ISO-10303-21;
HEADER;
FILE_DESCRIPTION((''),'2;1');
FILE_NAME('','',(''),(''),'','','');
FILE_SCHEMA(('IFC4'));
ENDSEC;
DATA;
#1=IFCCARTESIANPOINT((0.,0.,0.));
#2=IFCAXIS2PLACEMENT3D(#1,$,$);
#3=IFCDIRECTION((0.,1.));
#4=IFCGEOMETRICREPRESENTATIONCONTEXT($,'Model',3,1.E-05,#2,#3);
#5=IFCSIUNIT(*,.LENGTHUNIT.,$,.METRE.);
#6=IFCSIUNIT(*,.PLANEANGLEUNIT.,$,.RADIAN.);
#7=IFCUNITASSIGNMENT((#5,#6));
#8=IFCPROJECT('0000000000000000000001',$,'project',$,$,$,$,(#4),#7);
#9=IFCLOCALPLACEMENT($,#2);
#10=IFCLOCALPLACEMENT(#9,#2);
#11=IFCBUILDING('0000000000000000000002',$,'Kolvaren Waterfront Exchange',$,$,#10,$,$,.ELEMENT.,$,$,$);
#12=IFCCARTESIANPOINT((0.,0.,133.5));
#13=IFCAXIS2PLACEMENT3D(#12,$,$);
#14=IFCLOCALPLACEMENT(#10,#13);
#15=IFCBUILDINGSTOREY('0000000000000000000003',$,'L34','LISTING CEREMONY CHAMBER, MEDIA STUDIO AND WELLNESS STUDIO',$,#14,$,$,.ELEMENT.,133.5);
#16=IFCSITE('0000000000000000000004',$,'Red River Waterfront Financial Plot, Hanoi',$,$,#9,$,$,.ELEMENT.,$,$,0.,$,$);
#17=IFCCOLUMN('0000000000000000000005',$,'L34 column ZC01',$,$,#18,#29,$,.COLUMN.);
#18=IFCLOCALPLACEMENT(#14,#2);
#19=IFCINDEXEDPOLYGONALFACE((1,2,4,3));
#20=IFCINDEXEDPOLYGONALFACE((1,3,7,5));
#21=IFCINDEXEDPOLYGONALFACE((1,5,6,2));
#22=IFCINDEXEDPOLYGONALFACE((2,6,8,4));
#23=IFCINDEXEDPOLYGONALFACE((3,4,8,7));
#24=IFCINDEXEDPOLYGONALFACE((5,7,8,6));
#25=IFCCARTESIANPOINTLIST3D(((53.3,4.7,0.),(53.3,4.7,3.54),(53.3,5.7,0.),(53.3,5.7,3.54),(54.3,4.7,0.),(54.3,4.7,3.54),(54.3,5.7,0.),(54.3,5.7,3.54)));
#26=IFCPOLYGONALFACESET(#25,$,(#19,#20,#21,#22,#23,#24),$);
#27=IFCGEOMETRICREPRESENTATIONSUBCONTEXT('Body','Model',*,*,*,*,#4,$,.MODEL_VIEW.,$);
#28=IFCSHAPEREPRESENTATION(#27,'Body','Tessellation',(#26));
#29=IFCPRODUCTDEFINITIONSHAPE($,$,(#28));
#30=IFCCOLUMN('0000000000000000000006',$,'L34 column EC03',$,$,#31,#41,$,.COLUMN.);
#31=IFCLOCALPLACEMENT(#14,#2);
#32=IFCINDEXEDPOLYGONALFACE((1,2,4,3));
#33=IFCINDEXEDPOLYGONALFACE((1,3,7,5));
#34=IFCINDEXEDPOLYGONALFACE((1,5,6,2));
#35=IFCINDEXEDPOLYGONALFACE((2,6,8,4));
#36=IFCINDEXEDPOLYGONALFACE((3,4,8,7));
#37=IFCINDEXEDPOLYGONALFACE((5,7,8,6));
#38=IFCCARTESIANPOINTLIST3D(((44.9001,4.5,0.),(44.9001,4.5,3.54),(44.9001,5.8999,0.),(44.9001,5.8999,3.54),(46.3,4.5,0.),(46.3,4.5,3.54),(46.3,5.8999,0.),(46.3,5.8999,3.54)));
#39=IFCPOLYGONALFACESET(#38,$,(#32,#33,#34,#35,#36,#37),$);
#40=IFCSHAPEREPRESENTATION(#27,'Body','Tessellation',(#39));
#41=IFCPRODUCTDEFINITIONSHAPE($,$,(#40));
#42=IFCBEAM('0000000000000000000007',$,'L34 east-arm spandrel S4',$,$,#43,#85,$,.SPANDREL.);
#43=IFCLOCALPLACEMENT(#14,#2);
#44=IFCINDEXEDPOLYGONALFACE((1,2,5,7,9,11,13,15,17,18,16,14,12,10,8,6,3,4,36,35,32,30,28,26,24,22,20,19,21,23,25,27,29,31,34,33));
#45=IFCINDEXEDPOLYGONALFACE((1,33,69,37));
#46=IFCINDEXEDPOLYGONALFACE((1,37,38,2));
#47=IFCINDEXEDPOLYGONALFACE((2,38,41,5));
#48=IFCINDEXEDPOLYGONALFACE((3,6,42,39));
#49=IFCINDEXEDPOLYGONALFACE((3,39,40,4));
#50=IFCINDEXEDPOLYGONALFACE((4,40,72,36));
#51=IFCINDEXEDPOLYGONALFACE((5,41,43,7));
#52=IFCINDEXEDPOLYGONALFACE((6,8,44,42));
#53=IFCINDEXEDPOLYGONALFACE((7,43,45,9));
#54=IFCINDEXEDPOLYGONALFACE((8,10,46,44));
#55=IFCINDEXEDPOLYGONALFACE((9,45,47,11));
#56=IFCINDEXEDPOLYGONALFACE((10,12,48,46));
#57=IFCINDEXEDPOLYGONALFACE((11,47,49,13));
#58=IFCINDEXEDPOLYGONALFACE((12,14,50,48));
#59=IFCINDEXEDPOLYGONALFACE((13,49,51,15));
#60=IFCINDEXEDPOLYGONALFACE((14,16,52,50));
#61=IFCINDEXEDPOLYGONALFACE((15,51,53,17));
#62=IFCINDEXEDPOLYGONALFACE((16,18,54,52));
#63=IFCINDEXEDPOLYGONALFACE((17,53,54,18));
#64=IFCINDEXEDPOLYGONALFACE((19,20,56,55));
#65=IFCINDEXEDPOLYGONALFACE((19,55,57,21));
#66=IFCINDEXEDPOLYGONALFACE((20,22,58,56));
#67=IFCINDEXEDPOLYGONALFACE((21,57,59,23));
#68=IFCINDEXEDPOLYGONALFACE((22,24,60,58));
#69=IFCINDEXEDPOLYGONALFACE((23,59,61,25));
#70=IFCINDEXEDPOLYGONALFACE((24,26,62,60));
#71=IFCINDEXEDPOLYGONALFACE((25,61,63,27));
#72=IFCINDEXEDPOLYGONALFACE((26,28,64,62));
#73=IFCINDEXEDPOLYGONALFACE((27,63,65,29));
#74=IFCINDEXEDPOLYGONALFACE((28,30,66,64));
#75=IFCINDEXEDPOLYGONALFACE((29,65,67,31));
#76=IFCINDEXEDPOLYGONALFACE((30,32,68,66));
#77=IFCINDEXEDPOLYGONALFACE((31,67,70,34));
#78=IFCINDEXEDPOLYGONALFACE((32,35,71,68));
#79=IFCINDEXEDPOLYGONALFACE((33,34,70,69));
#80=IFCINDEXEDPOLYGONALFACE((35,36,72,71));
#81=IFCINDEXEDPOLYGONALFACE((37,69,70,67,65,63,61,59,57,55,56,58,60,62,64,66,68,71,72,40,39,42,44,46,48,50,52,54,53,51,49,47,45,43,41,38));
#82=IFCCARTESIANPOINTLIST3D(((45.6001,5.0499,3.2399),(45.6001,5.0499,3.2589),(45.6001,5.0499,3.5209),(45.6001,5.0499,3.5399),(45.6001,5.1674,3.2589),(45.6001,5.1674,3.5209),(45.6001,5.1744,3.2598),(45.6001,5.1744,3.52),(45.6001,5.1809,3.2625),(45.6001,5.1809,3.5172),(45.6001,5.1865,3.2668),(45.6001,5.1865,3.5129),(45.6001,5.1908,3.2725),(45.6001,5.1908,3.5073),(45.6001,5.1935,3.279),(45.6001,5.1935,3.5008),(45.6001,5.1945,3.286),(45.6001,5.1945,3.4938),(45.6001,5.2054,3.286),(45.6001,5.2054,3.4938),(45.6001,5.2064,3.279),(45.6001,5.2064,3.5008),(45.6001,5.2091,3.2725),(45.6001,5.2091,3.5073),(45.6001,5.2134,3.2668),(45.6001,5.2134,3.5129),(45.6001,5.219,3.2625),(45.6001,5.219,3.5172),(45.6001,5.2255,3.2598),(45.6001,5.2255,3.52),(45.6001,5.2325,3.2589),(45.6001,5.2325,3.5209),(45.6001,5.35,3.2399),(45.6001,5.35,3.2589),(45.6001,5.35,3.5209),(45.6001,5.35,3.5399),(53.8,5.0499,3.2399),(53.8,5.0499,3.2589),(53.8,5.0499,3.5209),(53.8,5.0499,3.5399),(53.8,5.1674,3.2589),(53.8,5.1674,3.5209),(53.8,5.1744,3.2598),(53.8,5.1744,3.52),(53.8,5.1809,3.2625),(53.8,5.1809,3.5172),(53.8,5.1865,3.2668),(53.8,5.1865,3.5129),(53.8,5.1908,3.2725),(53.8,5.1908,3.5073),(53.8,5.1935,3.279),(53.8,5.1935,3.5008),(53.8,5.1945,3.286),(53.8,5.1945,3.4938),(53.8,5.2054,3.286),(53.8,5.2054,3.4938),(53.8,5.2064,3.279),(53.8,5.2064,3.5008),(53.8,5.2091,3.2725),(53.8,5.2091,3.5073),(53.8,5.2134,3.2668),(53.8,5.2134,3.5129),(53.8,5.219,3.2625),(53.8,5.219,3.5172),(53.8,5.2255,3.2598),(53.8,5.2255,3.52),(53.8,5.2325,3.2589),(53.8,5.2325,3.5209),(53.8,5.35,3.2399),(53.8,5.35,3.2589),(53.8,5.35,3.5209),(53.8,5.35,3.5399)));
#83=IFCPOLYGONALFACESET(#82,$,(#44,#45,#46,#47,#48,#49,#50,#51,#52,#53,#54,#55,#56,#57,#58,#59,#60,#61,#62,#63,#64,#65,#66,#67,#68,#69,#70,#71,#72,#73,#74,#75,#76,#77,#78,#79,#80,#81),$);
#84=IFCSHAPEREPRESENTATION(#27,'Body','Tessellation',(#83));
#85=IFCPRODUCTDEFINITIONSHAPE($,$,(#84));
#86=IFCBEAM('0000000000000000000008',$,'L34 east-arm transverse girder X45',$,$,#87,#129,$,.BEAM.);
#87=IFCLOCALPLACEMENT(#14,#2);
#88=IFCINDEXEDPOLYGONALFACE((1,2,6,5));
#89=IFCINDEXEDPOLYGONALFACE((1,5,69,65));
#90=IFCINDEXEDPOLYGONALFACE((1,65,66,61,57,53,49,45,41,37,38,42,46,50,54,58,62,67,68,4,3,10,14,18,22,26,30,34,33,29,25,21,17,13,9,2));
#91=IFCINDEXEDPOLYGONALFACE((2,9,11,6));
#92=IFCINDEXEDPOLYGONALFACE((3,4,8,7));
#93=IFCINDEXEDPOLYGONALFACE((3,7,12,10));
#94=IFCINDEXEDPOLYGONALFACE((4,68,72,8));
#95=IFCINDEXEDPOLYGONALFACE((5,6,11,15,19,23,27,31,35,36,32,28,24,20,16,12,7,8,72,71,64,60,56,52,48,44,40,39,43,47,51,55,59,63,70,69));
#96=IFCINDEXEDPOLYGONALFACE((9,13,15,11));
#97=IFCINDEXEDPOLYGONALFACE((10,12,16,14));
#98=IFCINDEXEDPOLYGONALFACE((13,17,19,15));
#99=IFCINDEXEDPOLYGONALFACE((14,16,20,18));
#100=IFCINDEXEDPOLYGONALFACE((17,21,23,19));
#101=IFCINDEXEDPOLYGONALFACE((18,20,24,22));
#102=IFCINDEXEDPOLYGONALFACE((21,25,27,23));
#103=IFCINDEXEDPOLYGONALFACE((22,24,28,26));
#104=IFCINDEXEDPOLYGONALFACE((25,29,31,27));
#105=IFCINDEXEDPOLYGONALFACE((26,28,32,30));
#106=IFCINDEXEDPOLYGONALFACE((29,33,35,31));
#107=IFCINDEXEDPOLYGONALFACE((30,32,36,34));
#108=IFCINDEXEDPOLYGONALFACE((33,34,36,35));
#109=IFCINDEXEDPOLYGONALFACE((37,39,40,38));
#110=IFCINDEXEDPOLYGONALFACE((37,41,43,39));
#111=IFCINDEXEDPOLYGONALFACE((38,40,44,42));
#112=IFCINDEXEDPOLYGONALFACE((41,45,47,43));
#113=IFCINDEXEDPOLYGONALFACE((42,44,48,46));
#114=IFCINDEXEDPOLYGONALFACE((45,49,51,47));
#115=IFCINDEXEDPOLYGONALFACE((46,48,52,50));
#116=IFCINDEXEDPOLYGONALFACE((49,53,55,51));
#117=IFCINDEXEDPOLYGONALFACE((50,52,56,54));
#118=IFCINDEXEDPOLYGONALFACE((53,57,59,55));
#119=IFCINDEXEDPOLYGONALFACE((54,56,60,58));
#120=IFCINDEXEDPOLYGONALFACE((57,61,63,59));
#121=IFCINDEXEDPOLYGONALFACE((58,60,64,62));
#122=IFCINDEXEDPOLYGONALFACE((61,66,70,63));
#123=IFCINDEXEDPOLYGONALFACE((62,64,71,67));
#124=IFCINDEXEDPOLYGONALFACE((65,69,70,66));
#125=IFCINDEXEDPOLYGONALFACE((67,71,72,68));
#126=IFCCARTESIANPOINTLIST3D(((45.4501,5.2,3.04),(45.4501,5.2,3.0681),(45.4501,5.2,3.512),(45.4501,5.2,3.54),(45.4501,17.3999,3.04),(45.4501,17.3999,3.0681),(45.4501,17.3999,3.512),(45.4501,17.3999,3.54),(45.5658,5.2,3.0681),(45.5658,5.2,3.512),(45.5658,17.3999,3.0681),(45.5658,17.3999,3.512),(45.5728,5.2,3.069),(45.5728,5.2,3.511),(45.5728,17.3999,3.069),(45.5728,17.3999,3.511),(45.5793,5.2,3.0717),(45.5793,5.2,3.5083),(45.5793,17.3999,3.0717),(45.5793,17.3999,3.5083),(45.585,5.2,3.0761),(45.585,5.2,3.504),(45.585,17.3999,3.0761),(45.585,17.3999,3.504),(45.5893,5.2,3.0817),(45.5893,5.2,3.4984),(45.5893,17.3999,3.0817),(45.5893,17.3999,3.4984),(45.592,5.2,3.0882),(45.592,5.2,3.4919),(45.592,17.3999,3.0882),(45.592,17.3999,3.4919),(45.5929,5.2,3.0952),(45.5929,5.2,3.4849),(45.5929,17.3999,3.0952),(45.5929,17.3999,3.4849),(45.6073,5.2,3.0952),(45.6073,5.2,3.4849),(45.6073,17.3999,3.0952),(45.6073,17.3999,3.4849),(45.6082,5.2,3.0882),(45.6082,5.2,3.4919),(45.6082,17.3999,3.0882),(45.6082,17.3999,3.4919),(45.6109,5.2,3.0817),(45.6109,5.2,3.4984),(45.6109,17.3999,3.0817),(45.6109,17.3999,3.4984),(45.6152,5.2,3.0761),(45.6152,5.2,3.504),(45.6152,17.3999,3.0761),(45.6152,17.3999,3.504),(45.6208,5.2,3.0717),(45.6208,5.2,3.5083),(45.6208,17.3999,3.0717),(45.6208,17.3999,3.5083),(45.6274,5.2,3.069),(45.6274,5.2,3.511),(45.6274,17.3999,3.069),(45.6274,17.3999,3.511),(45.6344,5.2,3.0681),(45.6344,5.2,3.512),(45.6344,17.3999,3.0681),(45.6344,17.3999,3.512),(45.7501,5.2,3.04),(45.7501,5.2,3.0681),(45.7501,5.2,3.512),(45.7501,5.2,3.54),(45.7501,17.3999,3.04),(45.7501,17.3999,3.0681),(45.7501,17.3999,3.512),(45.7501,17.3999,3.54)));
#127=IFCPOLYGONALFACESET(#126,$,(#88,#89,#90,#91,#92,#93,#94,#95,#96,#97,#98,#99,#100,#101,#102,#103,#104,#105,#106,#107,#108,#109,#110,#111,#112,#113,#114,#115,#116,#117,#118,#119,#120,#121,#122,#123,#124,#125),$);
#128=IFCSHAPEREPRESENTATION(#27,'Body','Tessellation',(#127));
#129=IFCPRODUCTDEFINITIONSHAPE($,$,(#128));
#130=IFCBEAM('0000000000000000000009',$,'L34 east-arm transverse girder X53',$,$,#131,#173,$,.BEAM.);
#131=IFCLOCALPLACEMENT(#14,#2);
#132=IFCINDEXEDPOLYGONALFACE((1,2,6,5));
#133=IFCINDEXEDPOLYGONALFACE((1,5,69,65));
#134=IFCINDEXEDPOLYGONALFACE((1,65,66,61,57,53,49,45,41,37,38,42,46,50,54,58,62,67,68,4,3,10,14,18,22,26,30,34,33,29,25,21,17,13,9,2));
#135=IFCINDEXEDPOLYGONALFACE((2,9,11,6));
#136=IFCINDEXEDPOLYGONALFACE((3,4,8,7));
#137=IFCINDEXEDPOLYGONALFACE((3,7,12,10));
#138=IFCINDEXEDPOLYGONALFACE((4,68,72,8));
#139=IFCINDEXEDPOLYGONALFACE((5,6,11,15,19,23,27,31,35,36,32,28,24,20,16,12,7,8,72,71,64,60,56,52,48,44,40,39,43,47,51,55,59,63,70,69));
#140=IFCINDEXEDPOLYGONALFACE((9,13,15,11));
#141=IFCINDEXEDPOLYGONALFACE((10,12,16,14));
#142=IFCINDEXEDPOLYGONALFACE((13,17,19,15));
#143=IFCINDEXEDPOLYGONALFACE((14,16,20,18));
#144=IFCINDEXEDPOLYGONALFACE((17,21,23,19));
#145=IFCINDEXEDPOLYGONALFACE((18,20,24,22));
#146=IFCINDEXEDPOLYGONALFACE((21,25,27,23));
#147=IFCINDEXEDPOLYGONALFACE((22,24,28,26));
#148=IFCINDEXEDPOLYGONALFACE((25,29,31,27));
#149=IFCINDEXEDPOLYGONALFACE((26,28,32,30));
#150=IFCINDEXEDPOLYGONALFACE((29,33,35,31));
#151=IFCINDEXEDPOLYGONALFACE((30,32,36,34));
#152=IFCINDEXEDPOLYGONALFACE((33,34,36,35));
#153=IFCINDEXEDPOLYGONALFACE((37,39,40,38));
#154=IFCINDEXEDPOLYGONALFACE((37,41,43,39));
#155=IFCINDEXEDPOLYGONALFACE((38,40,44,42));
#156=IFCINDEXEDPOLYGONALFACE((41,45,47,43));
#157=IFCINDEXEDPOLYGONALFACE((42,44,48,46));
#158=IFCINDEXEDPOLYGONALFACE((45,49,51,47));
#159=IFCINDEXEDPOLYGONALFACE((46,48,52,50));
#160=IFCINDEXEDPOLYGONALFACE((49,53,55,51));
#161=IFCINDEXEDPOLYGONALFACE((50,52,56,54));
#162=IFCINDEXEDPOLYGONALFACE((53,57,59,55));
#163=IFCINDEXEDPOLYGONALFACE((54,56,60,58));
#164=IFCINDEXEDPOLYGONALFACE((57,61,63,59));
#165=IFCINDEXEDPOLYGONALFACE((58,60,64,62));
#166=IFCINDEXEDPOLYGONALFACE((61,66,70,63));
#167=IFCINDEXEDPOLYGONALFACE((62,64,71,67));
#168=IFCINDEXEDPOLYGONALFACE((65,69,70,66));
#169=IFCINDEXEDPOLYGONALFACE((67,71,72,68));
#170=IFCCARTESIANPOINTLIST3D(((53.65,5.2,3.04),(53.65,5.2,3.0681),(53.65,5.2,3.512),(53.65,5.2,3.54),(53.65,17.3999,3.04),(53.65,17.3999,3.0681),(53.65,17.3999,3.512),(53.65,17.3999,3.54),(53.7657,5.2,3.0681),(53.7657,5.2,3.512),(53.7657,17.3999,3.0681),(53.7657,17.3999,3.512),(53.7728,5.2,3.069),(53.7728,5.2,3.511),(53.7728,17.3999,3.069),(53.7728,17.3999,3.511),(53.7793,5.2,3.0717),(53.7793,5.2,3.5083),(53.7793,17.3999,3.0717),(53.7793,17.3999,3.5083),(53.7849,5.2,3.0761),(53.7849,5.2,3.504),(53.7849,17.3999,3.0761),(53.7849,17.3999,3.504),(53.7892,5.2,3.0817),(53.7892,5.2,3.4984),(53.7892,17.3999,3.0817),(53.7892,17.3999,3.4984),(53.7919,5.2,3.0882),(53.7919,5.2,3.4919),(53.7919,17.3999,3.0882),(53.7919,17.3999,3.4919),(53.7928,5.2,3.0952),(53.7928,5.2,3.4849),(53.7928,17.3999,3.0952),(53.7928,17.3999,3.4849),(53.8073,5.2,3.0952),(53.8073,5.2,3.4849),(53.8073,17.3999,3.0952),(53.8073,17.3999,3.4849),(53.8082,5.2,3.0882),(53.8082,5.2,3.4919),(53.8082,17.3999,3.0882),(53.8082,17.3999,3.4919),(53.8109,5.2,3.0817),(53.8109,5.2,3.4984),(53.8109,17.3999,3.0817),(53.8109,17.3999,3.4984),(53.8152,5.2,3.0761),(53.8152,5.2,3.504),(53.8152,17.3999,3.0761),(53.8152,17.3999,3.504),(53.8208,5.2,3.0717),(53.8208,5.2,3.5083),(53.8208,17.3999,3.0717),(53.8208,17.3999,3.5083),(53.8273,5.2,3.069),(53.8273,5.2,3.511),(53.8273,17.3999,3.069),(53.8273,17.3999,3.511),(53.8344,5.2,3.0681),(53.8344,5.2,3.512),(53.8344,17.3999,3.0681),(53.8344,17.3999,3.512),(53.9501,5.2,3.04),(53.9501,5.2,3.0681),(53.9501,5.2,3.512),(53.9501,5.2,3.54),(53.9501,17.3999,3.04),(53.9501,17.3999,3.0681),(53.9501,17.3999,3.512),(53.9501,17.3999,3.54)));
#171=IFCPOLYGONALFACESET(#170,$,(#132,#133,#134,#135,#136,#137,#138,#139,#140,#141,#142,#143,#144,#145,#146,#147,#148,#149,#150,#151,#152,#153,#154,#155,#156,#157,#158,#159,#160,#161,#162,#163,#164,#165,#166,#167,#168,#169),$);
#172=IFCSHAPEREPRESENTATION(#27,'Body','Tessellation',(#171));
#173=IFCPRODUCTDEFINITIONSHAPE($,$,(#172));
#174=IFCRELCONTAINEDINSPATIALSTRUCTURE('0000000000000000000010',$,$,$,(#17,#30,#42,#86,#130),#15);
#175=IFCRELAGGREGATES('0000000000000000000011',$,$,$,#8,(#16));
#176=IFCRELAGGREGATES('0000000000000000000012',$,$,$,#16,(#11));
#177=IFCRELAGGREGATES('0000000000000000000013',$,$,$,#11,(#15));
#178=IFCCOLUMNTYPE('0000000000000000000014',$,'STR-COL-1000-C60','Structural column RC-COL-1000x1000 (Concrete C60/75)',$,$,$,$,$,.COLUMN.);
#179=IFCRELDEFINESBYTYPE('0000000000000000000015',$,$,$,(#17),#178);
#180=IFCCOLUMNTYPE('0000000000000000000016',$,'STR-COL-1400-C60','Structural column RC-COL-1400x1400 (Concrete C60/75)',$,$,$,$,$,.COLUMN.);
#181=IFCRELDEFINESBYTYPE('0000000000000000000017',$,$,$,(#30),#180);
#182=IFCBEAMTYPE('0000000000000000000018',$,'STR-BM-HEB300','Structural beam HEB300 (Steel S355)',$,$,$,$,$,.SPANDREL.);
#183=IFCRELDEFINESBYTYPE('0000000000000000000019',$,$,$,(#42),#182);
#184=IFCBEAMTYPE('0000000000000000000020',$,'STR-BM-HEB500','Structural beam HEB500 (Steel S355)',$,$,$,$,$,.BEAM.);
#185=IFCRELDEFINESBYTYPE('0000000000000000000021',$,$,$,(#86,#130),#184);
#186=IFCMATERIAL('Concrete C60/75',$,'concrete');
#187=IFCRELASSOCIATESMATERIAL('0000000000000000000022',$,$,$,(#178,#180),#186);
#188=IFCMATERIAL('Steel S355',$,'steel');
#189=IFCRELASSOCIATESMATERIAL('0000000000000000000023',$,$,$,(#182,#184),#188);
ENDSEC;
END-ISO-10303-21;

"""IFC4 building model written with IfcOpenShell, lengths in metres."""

from ifc_helpers import new_model, si_unit, direction, frame, origin, origin_2d, place, context, subcontext, project, spatial, rectangle, i_section, extrude, material, material_profile, profile_set, type_object, element, save


model = new_model("IFC4")

# Units and contexts
model_context = context("Model", 3, precision=1e-05, world=origin(), true_north=direction((0.0, 1.0)))
body_context = subcontext(model_context, "Body", "Model", "MODEL_VIEW")
ifc_project = project(units=[si_unit("LENGTHUNIT", "METRE"), si_unit("PLANEANGLEUNIT", "RADIAN")], contexts=[model_context])

# Site, building, storey
site_placement = place(None, origin())
site = spatial("IfcSite", under=ifc_project, at=site_placement, Name="Red River Waterfront Financial Plot, Hanoi", CompositionType="ELEMENT", RefElevation=0.0)
building_placement = place(site_placement, origin())
building = spatial("IfcBuilding", under=site, at=building_placement, Name="Kolvaren Waterfront Exchange", CompositionType="ELEMENT")
storey_placement = place(building_placement, frame((0.0, 0.0, 133.5)))
storey = spatial("IfcBuildingStorey", under=building, at=storey_placement, Name="L34", Description="LISTING CEREMONY CHAMBER, MEDIA STUDIO AND WELLNESS STUDIO", CompositionType="ELEMENT", Elevation=133.5)

# Columns
ifc_material_1 = material(Name="Concrete C60/75", Category="concrete")
ifc_material_profile_1 = material_profile(ifc_material_1, rectangle(XDim=1.0, YDim=1.0, at=origin_2d()), Name="RC-COL-1000x1000")
ifc_profile_set_1 = profile_set([ifc_material_profile_1], Name="Concrete C60/75")
column_type_1 = type_object("IfcColumnType", Name="STR-COL-1000-C60", Description="Structural column RC-COL-1000x1000 (Concrete C60/75)", PredefinedType="COLUMN", material=ifc_profile_set_1)
column_1_placement = place(storey_placement, frame((53.8, 5.2, 0.0), z_axis=(0.0, 0.0, 1.0), x_axis=(1.0, 0.0, 0.0)))
element("IfcColumn", 1, at=column_1_placement, inside=storey, type_object=column_type_1, Name="L34 column ZC01", PredefinedType="COLUMN", context=body_context, shape_type="SweptSolid", body=[
    extrude(rectangle(XDim=1.0, YDim=1.0, at=origin_2d()), origin(), (0.0, 0.0, 1.0), 3.54),
])
ifc_material_profile_2 = material_profile(ifc_material_1, rectangle(XDim=1.3999, YDim=1.3999, at=origin_2d()), Name="RC-COL-1400x1400")
ifc_profile_set_2 = profile_set([ifc_material_profile_2], Name="Concrete C60/75")
column_type_2 = type_object("IfcColumnType", Name="STR-COL-1400-C60", Description="Structural column RC-COL-1400x1400 (Concrete C60/75)", PredefinedType="COLUMN", material=ifc_profile_set_2)
column_2_placement = place(storey_placement, frame((45.6001, 5.2, 0.0), z_axis=(0.0, 0.0, 1.0), x_axis=(1.0, 0.0, 0.0)))
element("IfcColumn", 2, at=column_2_placement, inside=storey, type_object=column_type_2, Name="L34 column EC03", PredefinedType="COLUMN", context=body_context, shape_type="SweptSolid", body=[
    extrude(rectangle(XDim=1.3999, YDim=1.3999, at=origin_2d()), origin(), (0.0, 0.0, 1.0), 3.54),
])

# Beams
ifc_material_2 = material(Name="Steel S355", Category="steel")
ifc_material_profile_3 = material_profile(ifc_material_2, i_section(OverallWidth=0.3, OverallDepth=0.3, WebThickness=0.011, FlangeThickness=0.019, FilletRadius=0.0271, at=origin_2d()), Name="HEB300")
ifc_profile_set_3 = profile_set([ifc_material_profile_3], Name="Steel S355")
beam_type_1 = type_object("IfcBeamType", Name="STR-BM-HEB300", Description="Structural beam HEB300 (Steel S355)", PredefinedType="SPANDREL", material=ifc_profile_set_3)
beam_1_placement = place(storey_placement, frame((45.6001, 5.2, 3.3899), z_axis=(1.0, 0.0, 0.0), x_axis=(0.0, 1.0, 0.0)))
element("IfcBeam", 3, at=beam_1_placement, inside=storey, type_object=beam_type_1, Name="L34 east-arm spandrel S4", PredefinedType="SPANDREL", context=body_context, shape_type="SweptSolid", body=[
    extrude(i_section(OverallWidth=0.3, OverallDepth=0.3, WebThickness=0.011, FlangeThickness=0.019, FilletRadius=0.0271, at=origin_2d()), origin(), (0.0, 0.0, 1.0), 8.2),
])
ifc_material_profile_4 = material_profile(ifc_material_2, i_section(OverallWidth=0.3, OverallDepth=0.5, WebThickness=0.0144, FlangeThickness=0.0281, FilletRadius=0.0271, at=origin_2d()), Name="HEB500")
ifc_profile_set_4 = profile_set([ifc_material_profile_4], Name="Steel S355")
beam_type_2 = type_object("IfcBeamType", Name="STR-BM-HEB500", Description="Structural beam HEB500 (Steel S355)", PredefinedType="BEAM", material=ifc_profile_set_4)
for number, where, z_axis, x_axis, name in (
    (4, (45.6001, 5.2, 3.29), (0.0, 1.0, 0.0), (-1.0, 0.0, 0.0), "L34 east-arm transverse girder X45"),
    (5, (53.8, 5.2, 3.29), (0.0, 1.0, 0.0), (-1.0, 0.0, 0.0), "L34 east-arm transverse girder X53"),
):
    element("IfcBeam", number, at=place(storey_placement, frame(where, z_axis=z_axis, x_axis=x_axis)), inside=storey, type_object=beam_type_2, Name=name, PredefinedType="BEAM", context=body_context, shape_type="SweptSolid", body=[
        extrude(i_section(OverallWidth=0.3, OverallDepth=0.5, WebThickness=0.0144, FlangeThickness=0.0281, FilletRadius=0.0271, at=origin_2d()), origin(), (0.0, 0.0, 1.0), 12.2),
    ])

save(model, "model.ifc")
